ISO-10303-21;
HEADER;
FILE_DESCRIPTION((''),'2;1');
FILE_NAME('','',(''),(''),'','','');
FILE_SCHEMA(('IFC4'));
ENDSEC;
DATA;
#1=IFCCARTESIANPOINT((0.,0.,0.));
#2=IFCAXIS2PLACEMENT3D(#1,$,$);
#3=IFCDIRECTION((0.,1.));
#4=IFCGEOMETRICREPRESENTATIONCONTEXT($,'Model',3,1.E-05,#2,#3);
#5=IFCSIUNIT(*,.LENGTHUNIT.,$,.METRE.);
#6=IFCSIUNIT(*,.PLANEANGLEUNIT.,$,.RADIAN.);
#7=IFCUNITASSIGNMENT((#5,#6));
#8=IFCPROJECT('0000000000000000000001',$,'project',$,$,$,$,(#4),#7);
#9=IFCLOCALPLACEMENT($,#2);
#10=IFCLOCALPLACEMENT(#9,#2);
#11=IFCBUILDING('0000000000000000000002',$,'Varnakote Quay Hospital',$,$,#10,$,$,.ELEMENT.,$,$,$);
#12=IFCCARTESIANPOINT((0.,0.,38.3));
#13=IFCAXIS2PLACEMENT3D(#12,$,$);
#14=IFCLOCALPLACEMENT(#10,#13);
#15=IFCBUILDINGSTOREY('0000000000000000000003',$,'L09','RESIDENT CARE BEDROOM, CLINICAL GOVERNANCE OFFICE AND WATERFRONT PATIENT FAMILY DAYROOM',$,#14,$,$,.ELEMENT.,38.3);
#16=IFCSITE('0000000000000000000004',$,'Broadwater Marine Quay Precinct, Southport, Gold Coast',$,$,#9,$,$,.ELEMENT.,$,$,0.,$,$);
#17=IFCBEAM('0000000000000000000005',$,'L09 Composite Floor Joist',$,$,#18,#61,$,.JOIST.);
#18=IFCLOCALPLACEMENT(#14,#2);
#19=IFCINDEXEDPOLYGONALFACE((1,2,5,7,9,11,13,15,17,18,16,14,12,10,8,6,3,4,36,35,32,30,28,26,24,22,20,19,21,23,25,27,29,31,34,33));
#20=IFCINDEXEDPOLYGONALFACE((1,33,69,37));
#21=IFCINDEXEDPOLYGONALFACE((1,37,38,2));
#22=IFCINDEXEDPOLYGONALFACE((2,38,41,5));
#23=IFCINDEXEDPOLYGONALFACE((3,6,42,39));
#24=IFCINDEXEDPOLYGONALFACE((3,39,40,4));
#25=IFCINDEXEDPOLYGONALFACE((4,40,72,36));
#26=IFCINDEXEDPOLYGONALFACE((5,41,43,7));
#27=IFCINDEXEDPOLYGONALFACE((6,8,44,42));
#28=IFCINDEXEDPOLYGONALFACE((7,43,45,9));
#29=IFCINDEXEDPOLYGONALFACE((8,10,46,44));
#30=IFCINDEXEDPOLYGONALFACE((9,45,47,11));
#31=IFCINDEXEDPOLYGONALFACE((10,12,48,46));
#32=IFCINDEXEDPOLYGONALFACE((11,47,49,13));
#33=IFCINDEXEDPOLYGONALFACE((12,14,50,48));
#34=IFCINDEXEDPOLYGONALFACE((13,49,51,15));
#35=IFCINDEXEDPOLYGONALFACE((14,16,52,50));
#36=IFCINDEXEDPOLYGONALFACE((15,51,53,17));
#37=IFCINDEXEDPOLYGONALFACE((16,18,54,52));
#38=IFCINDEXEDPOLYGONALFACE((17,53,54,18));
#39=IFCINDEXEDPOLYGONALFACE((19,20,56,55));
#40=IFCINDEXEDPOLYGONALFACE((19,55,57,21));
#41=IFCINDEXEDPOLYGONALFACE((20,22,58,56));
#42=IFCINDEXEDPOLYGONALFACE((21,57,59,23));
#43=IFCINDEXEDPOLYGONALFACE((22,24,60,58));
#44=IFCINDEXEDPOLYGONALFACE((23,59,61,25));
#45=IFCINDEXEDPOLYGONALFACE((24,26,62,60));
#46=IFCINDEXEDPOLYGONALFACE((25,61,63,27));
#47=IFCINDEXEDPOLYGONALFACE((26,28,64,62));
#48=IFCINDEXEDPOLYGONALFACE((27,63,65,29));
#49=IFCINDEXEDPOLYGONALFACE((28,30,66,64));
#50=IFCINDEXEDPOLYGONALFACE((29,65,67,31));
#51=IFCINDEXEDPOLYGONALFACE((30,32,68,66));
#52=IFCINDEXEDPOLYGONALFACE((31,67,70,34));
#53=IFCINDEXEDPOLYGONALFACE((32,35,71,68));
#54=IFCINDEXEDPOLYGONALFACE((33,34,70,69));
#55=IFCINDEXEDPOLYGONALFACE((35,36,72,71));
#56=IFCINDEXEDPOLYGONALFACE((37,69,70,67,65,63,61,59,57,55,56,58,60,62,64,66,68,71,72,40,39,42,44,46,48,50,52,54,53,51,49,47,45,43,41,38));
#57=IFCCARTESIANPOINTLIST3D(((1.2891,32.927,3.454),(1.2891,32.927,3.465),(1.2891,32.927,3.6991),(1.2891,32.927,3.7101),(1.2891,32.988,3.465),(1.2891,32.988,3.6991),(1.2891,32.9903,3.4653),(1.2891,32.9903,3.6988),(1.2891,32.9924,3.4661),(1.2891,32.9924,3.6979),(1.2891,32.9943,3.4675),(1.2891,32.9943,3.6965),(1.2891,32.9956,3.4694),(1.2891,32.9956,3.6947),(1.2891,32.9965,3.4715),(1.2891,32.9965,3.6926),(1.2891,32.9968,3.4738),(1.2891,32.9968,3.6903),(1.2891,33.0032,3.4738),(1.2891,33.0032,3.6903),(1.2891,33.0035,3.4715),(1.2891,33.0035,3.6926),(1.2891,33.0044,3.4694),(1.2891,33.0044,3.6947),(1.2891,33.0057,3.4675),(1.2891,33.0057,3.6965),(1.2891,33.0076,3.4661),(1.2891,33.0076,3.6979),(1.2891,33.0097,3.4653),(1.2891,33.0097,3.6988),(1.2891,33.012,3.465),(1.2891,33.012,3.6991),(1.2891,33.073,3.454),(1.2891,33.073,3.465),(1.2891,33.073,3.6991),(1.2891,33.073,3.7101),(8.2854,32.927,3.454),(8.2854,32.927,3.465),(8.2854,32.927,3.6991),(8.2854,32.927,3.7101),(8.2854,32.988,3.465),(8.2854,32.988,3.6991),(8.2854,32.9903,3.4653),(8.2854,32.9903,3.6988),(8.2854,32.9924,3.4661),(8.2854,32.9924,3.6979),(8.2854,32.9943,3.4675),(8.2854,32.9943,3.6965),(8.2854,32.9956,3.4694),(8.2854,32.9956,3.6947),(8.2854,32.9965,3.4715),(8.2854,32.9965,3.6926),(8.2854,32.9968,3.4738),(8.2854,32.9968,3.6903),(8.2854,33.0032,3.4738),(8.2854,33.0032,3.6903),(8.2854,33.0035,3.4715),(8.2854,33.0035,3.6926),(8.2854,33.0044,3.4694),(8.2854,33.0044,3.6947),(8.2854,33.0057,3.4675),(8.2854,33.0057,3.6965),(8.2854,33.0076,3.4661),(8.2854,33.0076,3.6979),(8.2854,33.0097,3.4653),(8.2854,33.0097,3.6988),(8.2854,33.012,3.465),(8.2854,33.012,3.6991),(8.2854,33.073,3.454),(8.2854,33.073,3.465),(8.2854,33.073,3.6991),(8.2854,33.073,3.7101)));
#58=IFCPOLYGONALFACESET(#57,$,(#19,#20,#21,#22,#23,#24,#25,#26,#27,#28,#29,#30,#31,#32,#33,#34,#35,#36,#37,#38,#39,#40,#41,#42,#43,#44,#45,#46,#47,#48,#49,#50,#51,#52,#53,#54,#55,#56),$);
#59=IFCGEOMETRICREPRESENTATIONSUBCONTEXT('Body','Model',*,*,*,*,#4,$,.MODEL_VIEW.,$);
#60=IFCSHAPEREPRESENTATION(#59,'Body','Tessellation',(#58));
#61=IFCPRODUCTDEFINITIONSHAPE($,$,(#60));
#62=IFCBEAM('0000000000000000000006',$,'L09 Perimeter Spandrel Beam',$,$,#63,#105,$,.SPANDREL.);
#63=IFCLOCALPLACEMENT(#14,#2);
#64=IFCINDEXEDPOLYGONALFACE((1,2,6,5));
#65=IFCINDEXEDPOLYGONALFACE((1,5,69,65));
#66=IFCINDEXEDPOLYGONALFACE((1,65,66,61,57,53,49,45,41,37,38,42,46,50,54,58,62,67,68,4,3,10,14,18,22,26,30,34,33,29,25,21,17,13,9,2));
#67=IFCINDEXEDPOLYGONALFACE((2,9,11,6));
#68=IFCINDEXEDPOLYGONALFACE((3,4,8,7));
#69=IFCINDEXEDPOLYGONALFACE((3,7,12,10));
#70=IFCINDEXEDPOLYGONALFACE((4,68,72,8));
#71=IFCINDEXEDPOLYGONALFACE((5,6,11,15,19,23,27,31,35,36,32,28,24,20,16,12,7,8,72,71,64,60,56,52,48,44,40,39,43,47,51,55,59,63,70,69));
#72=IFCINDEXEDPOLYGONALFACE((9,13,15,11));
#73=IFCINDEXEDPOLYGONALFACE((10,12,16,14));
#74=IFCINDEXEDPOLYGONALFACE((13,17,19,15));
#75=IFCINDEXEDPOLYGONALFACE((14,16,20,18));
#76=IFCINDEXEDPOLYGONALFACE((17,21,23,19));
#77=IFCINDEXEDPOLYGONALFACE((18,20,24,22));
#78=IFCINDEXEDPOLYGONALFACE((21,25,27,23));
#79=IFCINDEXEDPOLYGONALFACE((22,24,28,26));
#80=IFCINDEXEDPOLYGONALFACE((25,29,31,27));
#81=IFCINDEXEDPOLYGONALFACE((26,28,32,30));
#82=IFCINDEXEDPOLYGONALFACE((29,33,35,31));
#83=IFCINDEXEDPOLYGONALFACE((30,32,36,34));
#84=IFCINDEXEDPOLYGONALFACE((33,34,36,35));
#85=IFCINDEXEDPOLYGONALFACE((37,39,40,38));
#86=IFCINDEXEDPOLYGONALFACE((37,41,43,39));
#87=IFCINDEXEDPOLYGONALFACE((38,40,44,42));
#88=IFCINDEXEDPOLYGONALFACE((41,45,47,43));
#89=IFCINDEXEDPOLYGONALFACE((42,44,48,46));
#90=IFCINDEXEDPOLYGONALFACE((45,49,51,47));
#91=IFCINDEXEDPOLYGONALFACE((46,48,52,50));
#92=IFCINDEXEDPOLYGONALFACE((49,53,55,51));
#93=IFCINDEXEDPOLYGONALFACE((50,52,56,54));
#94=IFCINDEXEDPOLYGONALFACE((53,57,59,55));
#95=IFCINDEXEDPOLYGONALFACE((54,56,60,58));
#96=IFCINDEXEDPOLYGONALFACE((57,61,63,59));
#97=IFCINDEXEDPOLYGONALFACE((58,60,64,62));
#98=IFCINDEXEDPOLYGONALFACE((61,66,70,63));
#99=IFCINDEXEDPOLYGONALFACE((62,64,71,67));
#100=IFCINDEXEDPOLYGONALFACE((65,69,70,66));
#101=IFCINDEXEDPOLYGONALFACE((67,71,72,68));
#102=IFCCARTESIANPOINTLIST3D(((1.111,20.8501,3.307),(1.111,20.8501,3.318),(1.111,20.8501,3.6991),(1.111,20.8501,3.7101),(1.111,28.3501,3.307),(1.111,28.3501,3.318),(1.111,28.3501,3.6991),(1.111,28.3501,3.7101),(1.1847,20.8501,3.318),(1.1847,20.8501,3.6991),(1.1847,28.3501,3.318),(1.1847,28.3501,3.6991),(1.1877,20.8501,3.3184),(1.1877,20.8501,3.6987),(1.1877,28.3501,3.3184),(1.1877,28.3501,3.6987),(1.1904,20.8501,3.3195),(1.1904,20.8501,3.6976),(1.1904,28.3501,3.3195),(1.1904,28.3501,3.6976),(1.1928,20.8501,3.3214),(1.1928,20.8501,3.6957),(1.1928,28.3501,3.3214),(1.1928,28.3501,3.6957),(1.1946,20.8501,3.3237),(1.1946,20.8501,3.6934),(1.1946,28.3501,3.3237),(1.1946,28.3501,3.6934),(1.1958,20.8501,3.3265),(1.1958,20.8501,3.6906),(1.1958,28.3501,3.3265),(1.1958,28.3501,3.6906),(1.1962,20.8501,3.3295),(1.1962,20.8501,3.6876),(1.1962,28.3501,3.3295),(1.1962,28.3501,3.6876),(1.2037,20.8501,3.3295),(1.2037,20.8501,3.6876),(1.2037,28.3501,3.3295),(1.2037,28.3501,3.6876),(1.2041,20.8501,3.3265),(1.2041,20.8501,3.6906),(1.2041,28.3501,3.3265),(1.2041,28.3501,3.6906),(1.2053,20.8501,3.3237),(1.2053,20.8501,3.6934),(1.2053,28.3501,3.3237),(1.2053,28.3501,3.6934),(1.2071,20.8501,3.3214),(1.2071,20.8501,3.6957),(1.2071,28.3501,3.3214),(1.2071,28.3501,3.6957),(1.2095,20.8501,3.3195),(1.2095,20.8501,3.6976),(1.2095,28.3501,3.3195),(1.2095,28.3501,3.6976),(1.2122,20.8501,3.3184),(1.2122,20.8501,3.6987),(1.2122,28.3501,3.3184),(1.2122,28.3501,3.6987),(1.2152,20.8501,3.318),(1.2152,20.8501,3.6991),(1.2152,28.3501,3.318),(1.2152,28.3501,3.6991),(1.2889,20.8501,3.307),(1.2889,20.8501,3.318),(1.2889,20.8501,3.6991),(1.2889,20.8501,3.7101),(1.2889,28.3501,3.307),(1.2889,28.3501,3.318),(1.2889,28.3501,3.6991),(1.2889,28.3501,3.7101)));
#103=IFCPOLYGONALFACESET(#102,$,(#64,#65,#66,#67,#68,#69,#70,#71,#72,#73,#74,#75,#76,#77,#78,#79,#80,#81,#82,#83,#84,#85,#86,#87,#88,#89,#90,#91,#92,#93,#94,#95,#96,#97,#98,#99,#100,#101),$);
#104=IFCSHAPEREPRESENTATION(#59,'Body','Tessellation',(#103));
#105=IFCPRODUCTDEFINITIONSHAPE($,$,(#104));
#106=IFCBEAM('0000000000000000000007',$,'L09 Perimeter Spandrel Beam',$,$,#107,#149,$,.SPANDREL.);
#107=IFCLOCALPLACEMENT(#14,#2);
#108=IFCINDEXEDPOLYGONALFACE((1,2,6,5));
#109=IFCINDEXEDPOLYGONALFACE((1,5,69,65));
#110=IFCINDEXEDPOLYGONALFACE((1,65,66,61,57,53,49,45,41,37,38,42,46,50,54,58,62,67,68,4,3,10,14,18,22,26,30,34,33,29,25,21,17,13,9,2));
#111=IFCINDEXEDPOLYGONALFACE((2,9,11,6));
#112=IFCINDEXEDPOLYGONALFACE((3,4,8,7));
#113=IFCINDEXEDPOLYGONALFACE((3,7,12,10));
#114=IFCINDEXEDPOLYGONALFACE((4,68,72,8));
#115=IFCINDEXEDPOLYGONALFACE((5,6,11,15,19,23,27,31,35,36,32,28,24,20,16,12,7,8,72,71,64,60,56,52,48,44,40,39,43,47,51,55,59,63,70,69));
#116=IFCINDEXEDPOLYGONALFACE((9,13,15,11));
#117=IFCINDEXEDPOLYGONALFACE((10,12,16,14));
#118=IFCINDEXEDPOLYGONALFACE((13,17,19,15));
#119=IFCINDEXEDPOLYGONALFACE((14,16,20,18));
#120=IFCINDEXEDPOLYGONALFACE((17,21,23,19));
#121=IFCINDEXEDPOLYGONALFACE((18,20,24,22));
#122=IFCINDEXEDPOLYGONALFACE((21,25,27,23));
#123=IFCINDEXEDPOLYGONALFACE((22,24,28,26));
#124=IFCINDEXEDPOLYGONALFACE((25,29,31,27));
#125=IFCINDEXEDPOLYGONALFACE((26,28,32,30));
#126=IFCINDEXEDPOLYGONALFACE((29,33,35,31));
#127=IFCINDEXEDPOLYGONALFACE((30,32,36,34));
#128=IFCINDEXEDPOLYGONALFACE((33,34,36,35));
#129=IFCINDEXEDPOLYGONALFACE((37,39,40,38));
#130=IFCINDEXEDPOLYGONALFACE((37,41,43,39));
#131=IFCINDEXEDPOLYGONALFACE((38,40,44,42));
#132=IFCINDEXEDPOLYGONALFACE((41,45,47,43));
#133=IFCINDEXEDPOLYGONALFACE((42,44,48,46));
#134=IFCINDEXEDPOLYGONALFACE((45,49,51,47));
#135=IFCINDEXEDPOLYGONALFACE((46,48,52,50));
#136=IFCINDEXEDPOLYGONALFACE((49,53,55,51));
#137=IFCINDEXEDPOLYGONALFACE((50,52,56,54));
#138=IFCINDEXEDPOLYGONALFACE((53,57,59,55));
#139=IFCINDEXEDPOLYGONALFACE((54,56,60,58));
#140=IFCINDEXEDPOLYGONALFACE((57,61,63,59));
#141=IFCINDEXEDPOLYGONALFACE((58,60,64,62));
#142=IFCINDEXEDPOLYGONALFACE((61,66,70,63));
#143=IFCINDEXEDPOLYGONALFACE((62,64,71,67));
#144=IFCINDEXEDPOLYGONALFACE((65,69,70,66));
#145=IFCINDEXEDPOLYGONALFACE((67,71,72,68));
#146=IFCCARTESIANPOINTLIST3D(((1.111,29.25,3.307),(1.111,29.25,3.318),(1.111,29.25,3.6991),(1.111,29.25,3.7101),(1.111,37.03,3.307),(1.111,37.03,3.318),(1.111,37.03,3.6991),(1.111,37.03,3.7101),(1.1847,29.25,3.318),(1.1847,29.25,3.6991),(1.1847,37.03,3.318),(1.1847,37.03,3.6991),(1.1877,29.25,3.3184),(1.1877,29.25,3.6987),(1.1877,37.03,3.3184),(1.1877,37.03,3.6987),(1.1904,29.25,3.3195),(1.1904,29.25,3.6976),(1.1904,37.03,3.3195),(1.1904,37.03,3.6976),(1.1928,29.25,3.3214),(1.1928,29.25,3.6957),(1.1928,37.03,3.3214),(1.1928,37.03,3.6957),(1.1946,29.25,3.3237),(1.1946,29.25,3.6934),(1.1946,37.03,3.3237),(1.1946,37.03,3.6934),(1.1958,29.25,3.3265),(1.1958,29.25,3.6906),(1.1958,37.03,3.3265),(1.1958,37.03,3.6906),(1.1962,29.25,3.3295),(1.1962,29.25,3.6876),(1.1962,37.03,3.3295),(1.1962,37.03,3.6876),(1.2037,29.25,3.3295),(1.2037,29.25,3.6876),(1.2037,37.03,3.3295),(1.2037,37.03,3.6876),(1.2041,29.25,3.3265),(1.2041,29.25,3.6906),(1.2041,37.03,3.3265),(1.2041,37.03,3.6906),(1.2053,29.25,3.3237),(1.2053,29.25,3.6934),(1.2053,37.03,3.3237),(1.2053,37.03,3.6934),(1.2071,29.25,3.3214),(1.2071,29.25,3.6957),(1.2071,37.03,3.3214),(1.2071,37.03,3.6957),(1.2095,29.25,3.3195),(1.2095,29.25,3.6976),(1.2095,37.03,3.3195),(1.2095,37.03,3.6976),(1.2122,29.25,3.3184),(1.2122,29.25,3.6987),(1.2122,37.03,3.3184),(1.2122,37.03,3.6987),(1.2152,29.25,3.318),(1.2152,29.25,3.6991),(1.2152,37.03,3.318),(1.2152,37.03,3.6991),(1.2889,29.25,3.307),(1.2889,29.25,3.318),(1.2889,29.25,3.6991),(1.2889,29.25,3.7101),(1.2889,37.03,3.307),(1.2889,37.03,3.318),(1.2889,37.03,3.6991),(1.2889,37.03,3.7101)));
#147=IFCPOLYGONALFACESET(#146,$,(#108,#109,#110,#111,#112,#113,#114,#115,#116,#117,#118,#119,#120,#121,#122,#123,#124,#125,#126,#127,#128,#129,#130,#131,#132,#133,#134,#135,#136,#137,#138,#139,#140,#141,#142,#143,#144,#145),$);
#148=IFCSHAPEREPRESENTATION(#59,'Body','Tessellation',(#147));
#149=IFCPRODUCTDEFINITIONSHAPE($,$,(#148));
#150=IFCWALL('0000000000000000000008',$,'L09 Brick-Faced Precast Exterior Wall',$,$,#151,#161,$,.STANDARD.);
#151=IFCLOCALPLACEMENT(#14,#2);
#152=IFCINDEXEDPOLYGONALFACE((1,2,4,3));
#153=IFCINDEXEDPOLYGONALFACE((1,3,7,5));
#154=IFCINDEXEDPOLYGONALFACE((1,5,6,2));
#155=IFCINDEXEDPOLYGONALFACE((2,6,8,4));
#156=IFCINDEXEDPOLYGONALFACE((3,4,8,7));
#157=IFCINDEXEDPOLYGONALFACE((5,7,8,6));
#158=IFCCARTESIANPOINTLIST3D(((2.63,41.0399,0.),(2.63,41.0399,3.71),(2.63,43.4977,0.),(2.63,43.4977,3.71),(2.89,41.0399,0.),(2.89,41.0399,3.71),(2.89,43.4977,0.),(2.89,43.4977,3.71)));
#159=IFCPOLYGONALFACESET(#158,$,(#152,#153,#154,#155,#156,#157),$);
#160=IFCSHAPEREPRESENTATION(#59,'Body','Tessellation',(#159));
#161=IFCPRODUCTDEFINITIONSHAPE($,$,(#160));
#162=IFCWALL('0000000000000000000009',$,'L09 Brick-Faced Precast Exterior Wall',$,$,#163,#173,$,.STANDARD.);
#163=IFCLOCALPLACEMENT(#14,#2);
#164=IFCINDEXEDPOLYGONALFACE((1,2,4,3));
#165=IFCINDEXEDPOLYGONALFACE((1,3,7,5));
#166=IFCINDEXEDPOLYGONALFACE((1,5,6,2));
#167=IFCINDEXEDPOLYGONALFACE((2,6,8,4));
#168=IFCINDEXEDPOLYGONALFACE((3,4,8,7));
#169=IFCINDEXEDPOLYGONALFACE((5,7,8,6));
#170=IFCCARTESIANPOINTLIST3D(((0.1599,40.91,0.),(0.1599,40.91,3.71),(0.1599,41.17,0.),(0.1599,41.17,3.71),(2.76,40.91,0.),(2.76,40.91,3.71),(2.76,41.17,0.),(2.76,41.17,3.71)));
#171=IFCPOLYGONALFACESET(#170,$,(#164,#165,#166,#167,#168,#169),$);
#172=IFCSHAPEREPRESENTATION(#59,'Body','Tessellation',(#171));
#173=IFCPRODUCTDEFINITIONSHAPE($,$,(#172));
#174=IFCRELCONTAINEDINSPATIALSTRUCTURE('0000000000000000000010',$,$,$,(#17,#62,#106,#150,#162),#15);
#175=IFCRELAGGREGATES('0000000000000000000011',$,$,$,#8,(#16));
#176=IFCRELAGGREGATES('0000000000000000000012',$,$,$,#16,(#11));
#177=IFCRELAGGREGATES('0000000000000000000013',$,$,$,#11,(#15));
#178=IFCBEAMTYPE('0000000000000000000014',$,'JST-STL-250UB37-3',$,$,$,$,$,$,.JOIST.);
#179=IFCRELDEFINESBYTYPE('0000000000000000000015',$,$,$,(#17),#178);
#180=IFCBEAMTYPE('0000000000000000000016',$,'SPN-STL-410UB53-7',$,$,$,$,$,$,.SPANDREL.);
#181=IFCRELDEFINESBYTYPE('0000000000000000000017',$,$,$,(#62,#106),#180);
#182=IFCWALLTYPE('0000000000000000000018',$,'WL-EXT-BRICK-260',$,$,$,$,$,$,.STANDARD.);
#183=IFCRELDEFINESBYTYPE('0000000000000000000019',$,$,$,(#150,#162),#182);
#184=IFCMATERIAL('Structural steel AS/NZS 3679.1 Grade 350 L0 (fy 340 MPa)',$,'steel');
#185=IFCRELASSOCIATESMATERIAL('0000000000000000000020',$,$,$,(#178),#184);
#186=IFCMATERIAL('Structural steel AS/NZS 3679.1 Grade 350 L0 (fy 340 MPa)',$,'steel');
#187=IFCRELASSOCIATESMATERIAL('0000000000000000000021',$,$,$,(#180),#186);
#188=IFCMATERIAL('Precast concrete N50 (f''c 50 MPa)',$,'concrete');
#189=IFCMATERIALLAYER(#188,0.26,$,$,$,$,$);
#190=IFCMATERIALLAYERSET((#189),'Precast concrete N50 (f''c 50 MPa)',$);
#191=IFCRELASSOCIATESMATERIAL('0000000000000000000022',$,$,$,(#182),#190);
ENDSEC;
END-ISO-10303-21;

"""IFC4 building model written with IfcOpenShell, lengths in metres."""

from ifc_helpers import new_model, si_unit, direction, frame, frame_2d, origin, origin_2d, place, context, subcontext, project, spatial, rectangle, i_section, extrude, material, layer, layer_set, material_profile, profile_set, type_object, element, save


model = new_model("IFC4")

# Units and contexts
model_context = context("Model", 3, precision=1e-05, world=origin(), true_north=direction((0.0, 1.0)))
body_context = subcontext(model_context, "Body", "Model", "MODEL_VIEW")
ifc_project = project(units=[si_unit("LENGTHUNIT", "METRE"), si_unit("PLANEANGLEUNIT", "RADIAN")], contexts=[model_context])

# Site, building, storey
site_placement = place(None, origin())
site = spatial("IfcSite", under=ifc_project, at=site_placement, Name="Broadwater Marine Quay Precinct, Southport, Gold Coast", CompositionType="ELEMENT", RefElevation=0.0)
building_placement = place(site_placement, origin())
building = spatial("IfcBuilding", under=site, at=building_placement, Name="Varnakote Quay Hospital", CompositionType="ELEMENT")
storey_placement = place(building_placement, frame((0.0, 0.0, 38.3)))
storey = spatial("IfcBuildingStorey", under=building, at=storey_placement, Name="L09", Description="RESIDENT CARE BEDROOM, CLINICAL GOVERNANCE OFFICE AND WATERFRONT PATIENT FAMILY DAYROOM", CompositionType="ELEMENT", Elevation=38.3)

# Beams
ifc_material_1 = material(Name="Structural steel AS/NZS 3679.1 Grade 350 L0 (fy 340 MPa)", Category="steel")
ifc_material_profile_1 = material_profile(ifc_material_1, i_section(OverallWidth=0.146, OverallDepth=0.2561, WebThickness=0.0063, FlangeThickness=0.011, FilletRadius=0.0088, at=origin_2d()), Name="250UB37.3")
ifc_profile_set_1 = profile_set([ifc_material_profile_1], Name="Structural steel AS/NZS 3679.1 Grade 350 L0 (fy 340 MPa)")
beam_type_1 = type_object("IfcBeamType", Name="JST-STL-250UB37-3", PredefinedType="JOIST", material=ifc_profile_set_1)
beam_1_placement = place(storey_placement, frame((1.2891, 33.0, 3.582), z_axis=(1.0, 0.0, 0.0), x_axis=(0.0, 1.0, 0.0)))
element("IfcBeam", 1, at=beam_1_placement, inside=storey, type_object=beam_type_1, Name="L09 Composite Floor Joist", PredefinedType="JOIST", context=body_context, shape_type="SweptSolid", body=[
    extrude(i_section(OverallWidth=0.146, OverallDepth=0.2561, WebThickness=0.0063, FlangeThickness=0.011, FilletRadius=0.0088, at=origin_2d()), origin(), (0.0, 0.0, 1.0), 6.9963),
])
ifc_material_2 = material(Name="Structural steel AS/NZS 3679.1 Grade 350 L0 (fy 340 MPa)", Category="steel")
ifc_material_profile_2 = material_profile(ifc_material_2, i_section(OverallWidth=0.178, OverallDepth=0.4031, WebThickness=0.0076, FlangeThickness=0.011, FilletRadius=0.0115, at=origin_2d()), Name="410UB53.7")
ifc_profile_set_2 = profile_set([ifc_material_profile_2], Name="Structural steel AS/NZS 3679.1 Grade 350 L0 (fy 340 MPa)")
beam_type_2 = type_object("IfcBeamType", Name="SPN-STL-410UB53-7", PredefinedType="SPANDREL", material=ifc_profile_set_2)
beam_2_placement = place(storey_placement, frame((1.2, 20.8501, 3.5085), z_axis=(0.0, 1.0, 0.0), x_axis=(-1.0, 0.0, 0.0)))
element("IfcBeam", 2, at=beam_2_placement, inside=storey, type_object=beam_type_2, Name="L09 Perimeter Spandrel Beam", PredefinedType="SPANDREL", context=body_context, shape_type="SweptSolid", body=[
    extrude(i_section(OverallWidth=0.178, OverallDepth=0.4031, WebThickness=0.0076, FlangeThickness=0.011, FilletRadius=0.0115, at=origin_2d()), origin(), (0.0, 0.0, 1.0), 7.5),
])
beam_3_placement = place(storey_placement, frame((1.2, 29.25, 3.5085), z_axis=(0.0, 1.0, 0.0), x_axis=(-1.0, 0.0, 0.0)))
element("IfcBeam", 3, at=beam_3_placement, inside=storey, type_object=beam_type_2, Name="L09 Perimeter Spandrel Beam", PredefinedType="SPANDREL", context=body_context, shape_type="SweptSolid", body=[
    extrude(i_section(OverallWidth=0.178, OverallDepth=0.4031, WebThickness=0.0076, FlangeThickness=0.011, FilletRadius=0.0115, at=origin_2d()), origin(), (0.0, 0.0, 1.0), 7.78),
])

# Walls
ifc_material_3 = material(Name="Precast concrete N50 (f'c 50 MPa)", Category="concrete")
ifc_layer_1 = layer(ifc_material_3, 0.26)
ifc_layer_set_1 = layer_set([ifc_layer_1], Name="Precast concrete N50 (f'c 50 MPa)")
wall_type_1 = type_object("IfcWallType", Name="WL-EXT-BRICK-260", PredefinedType="STANDARD", material=ifc_layer_set_1)
wall_1_placement = place(storey_placement, frame((2.76, 43.4978, 0.0), z_axis=(0.0, 0.0, 1.0), x_axis=(0.0, -1.0, 0.0)))
element("IfcWall", 4, at=wall_1_placement, inside=storey, type_object=wall_type_1, Name="L09 Brick-Faced Precast Exterior Wall", PredefinedType="STANDARD", context=body_context, shape_type="SweptSolid", body=[
    extrude(rectangle(XDim=2.4578, YDim=0.26, at=frame_2d((1.229, 0.0))), origin(), (0.0, 0.0, 1.0), 3.71),
])
wall_2_placement = place(storey_placement, frame((2.76, 41.04, 0.0), z_axis=(0.0, 0.0, 1.0), x_axis=(-1.0, 0.0, 0.0)))
element("IfcWall", 5, at=wall_2_placement, inside=storey, type_object=wall_type_1, Name="L09 Brick-Faced Precast Exterior Wall", PredefinedType="STANDARD", context=body_context, shape_type="SweptSolid", body=[
    extrude(rectangle(XDim=2.6001, YDim=0.26, at=frame_2d((1.3, 0.0))), origin(), (0.0, 0.0, 1.0), 3.71),
])

save(model, "model.ifc")
